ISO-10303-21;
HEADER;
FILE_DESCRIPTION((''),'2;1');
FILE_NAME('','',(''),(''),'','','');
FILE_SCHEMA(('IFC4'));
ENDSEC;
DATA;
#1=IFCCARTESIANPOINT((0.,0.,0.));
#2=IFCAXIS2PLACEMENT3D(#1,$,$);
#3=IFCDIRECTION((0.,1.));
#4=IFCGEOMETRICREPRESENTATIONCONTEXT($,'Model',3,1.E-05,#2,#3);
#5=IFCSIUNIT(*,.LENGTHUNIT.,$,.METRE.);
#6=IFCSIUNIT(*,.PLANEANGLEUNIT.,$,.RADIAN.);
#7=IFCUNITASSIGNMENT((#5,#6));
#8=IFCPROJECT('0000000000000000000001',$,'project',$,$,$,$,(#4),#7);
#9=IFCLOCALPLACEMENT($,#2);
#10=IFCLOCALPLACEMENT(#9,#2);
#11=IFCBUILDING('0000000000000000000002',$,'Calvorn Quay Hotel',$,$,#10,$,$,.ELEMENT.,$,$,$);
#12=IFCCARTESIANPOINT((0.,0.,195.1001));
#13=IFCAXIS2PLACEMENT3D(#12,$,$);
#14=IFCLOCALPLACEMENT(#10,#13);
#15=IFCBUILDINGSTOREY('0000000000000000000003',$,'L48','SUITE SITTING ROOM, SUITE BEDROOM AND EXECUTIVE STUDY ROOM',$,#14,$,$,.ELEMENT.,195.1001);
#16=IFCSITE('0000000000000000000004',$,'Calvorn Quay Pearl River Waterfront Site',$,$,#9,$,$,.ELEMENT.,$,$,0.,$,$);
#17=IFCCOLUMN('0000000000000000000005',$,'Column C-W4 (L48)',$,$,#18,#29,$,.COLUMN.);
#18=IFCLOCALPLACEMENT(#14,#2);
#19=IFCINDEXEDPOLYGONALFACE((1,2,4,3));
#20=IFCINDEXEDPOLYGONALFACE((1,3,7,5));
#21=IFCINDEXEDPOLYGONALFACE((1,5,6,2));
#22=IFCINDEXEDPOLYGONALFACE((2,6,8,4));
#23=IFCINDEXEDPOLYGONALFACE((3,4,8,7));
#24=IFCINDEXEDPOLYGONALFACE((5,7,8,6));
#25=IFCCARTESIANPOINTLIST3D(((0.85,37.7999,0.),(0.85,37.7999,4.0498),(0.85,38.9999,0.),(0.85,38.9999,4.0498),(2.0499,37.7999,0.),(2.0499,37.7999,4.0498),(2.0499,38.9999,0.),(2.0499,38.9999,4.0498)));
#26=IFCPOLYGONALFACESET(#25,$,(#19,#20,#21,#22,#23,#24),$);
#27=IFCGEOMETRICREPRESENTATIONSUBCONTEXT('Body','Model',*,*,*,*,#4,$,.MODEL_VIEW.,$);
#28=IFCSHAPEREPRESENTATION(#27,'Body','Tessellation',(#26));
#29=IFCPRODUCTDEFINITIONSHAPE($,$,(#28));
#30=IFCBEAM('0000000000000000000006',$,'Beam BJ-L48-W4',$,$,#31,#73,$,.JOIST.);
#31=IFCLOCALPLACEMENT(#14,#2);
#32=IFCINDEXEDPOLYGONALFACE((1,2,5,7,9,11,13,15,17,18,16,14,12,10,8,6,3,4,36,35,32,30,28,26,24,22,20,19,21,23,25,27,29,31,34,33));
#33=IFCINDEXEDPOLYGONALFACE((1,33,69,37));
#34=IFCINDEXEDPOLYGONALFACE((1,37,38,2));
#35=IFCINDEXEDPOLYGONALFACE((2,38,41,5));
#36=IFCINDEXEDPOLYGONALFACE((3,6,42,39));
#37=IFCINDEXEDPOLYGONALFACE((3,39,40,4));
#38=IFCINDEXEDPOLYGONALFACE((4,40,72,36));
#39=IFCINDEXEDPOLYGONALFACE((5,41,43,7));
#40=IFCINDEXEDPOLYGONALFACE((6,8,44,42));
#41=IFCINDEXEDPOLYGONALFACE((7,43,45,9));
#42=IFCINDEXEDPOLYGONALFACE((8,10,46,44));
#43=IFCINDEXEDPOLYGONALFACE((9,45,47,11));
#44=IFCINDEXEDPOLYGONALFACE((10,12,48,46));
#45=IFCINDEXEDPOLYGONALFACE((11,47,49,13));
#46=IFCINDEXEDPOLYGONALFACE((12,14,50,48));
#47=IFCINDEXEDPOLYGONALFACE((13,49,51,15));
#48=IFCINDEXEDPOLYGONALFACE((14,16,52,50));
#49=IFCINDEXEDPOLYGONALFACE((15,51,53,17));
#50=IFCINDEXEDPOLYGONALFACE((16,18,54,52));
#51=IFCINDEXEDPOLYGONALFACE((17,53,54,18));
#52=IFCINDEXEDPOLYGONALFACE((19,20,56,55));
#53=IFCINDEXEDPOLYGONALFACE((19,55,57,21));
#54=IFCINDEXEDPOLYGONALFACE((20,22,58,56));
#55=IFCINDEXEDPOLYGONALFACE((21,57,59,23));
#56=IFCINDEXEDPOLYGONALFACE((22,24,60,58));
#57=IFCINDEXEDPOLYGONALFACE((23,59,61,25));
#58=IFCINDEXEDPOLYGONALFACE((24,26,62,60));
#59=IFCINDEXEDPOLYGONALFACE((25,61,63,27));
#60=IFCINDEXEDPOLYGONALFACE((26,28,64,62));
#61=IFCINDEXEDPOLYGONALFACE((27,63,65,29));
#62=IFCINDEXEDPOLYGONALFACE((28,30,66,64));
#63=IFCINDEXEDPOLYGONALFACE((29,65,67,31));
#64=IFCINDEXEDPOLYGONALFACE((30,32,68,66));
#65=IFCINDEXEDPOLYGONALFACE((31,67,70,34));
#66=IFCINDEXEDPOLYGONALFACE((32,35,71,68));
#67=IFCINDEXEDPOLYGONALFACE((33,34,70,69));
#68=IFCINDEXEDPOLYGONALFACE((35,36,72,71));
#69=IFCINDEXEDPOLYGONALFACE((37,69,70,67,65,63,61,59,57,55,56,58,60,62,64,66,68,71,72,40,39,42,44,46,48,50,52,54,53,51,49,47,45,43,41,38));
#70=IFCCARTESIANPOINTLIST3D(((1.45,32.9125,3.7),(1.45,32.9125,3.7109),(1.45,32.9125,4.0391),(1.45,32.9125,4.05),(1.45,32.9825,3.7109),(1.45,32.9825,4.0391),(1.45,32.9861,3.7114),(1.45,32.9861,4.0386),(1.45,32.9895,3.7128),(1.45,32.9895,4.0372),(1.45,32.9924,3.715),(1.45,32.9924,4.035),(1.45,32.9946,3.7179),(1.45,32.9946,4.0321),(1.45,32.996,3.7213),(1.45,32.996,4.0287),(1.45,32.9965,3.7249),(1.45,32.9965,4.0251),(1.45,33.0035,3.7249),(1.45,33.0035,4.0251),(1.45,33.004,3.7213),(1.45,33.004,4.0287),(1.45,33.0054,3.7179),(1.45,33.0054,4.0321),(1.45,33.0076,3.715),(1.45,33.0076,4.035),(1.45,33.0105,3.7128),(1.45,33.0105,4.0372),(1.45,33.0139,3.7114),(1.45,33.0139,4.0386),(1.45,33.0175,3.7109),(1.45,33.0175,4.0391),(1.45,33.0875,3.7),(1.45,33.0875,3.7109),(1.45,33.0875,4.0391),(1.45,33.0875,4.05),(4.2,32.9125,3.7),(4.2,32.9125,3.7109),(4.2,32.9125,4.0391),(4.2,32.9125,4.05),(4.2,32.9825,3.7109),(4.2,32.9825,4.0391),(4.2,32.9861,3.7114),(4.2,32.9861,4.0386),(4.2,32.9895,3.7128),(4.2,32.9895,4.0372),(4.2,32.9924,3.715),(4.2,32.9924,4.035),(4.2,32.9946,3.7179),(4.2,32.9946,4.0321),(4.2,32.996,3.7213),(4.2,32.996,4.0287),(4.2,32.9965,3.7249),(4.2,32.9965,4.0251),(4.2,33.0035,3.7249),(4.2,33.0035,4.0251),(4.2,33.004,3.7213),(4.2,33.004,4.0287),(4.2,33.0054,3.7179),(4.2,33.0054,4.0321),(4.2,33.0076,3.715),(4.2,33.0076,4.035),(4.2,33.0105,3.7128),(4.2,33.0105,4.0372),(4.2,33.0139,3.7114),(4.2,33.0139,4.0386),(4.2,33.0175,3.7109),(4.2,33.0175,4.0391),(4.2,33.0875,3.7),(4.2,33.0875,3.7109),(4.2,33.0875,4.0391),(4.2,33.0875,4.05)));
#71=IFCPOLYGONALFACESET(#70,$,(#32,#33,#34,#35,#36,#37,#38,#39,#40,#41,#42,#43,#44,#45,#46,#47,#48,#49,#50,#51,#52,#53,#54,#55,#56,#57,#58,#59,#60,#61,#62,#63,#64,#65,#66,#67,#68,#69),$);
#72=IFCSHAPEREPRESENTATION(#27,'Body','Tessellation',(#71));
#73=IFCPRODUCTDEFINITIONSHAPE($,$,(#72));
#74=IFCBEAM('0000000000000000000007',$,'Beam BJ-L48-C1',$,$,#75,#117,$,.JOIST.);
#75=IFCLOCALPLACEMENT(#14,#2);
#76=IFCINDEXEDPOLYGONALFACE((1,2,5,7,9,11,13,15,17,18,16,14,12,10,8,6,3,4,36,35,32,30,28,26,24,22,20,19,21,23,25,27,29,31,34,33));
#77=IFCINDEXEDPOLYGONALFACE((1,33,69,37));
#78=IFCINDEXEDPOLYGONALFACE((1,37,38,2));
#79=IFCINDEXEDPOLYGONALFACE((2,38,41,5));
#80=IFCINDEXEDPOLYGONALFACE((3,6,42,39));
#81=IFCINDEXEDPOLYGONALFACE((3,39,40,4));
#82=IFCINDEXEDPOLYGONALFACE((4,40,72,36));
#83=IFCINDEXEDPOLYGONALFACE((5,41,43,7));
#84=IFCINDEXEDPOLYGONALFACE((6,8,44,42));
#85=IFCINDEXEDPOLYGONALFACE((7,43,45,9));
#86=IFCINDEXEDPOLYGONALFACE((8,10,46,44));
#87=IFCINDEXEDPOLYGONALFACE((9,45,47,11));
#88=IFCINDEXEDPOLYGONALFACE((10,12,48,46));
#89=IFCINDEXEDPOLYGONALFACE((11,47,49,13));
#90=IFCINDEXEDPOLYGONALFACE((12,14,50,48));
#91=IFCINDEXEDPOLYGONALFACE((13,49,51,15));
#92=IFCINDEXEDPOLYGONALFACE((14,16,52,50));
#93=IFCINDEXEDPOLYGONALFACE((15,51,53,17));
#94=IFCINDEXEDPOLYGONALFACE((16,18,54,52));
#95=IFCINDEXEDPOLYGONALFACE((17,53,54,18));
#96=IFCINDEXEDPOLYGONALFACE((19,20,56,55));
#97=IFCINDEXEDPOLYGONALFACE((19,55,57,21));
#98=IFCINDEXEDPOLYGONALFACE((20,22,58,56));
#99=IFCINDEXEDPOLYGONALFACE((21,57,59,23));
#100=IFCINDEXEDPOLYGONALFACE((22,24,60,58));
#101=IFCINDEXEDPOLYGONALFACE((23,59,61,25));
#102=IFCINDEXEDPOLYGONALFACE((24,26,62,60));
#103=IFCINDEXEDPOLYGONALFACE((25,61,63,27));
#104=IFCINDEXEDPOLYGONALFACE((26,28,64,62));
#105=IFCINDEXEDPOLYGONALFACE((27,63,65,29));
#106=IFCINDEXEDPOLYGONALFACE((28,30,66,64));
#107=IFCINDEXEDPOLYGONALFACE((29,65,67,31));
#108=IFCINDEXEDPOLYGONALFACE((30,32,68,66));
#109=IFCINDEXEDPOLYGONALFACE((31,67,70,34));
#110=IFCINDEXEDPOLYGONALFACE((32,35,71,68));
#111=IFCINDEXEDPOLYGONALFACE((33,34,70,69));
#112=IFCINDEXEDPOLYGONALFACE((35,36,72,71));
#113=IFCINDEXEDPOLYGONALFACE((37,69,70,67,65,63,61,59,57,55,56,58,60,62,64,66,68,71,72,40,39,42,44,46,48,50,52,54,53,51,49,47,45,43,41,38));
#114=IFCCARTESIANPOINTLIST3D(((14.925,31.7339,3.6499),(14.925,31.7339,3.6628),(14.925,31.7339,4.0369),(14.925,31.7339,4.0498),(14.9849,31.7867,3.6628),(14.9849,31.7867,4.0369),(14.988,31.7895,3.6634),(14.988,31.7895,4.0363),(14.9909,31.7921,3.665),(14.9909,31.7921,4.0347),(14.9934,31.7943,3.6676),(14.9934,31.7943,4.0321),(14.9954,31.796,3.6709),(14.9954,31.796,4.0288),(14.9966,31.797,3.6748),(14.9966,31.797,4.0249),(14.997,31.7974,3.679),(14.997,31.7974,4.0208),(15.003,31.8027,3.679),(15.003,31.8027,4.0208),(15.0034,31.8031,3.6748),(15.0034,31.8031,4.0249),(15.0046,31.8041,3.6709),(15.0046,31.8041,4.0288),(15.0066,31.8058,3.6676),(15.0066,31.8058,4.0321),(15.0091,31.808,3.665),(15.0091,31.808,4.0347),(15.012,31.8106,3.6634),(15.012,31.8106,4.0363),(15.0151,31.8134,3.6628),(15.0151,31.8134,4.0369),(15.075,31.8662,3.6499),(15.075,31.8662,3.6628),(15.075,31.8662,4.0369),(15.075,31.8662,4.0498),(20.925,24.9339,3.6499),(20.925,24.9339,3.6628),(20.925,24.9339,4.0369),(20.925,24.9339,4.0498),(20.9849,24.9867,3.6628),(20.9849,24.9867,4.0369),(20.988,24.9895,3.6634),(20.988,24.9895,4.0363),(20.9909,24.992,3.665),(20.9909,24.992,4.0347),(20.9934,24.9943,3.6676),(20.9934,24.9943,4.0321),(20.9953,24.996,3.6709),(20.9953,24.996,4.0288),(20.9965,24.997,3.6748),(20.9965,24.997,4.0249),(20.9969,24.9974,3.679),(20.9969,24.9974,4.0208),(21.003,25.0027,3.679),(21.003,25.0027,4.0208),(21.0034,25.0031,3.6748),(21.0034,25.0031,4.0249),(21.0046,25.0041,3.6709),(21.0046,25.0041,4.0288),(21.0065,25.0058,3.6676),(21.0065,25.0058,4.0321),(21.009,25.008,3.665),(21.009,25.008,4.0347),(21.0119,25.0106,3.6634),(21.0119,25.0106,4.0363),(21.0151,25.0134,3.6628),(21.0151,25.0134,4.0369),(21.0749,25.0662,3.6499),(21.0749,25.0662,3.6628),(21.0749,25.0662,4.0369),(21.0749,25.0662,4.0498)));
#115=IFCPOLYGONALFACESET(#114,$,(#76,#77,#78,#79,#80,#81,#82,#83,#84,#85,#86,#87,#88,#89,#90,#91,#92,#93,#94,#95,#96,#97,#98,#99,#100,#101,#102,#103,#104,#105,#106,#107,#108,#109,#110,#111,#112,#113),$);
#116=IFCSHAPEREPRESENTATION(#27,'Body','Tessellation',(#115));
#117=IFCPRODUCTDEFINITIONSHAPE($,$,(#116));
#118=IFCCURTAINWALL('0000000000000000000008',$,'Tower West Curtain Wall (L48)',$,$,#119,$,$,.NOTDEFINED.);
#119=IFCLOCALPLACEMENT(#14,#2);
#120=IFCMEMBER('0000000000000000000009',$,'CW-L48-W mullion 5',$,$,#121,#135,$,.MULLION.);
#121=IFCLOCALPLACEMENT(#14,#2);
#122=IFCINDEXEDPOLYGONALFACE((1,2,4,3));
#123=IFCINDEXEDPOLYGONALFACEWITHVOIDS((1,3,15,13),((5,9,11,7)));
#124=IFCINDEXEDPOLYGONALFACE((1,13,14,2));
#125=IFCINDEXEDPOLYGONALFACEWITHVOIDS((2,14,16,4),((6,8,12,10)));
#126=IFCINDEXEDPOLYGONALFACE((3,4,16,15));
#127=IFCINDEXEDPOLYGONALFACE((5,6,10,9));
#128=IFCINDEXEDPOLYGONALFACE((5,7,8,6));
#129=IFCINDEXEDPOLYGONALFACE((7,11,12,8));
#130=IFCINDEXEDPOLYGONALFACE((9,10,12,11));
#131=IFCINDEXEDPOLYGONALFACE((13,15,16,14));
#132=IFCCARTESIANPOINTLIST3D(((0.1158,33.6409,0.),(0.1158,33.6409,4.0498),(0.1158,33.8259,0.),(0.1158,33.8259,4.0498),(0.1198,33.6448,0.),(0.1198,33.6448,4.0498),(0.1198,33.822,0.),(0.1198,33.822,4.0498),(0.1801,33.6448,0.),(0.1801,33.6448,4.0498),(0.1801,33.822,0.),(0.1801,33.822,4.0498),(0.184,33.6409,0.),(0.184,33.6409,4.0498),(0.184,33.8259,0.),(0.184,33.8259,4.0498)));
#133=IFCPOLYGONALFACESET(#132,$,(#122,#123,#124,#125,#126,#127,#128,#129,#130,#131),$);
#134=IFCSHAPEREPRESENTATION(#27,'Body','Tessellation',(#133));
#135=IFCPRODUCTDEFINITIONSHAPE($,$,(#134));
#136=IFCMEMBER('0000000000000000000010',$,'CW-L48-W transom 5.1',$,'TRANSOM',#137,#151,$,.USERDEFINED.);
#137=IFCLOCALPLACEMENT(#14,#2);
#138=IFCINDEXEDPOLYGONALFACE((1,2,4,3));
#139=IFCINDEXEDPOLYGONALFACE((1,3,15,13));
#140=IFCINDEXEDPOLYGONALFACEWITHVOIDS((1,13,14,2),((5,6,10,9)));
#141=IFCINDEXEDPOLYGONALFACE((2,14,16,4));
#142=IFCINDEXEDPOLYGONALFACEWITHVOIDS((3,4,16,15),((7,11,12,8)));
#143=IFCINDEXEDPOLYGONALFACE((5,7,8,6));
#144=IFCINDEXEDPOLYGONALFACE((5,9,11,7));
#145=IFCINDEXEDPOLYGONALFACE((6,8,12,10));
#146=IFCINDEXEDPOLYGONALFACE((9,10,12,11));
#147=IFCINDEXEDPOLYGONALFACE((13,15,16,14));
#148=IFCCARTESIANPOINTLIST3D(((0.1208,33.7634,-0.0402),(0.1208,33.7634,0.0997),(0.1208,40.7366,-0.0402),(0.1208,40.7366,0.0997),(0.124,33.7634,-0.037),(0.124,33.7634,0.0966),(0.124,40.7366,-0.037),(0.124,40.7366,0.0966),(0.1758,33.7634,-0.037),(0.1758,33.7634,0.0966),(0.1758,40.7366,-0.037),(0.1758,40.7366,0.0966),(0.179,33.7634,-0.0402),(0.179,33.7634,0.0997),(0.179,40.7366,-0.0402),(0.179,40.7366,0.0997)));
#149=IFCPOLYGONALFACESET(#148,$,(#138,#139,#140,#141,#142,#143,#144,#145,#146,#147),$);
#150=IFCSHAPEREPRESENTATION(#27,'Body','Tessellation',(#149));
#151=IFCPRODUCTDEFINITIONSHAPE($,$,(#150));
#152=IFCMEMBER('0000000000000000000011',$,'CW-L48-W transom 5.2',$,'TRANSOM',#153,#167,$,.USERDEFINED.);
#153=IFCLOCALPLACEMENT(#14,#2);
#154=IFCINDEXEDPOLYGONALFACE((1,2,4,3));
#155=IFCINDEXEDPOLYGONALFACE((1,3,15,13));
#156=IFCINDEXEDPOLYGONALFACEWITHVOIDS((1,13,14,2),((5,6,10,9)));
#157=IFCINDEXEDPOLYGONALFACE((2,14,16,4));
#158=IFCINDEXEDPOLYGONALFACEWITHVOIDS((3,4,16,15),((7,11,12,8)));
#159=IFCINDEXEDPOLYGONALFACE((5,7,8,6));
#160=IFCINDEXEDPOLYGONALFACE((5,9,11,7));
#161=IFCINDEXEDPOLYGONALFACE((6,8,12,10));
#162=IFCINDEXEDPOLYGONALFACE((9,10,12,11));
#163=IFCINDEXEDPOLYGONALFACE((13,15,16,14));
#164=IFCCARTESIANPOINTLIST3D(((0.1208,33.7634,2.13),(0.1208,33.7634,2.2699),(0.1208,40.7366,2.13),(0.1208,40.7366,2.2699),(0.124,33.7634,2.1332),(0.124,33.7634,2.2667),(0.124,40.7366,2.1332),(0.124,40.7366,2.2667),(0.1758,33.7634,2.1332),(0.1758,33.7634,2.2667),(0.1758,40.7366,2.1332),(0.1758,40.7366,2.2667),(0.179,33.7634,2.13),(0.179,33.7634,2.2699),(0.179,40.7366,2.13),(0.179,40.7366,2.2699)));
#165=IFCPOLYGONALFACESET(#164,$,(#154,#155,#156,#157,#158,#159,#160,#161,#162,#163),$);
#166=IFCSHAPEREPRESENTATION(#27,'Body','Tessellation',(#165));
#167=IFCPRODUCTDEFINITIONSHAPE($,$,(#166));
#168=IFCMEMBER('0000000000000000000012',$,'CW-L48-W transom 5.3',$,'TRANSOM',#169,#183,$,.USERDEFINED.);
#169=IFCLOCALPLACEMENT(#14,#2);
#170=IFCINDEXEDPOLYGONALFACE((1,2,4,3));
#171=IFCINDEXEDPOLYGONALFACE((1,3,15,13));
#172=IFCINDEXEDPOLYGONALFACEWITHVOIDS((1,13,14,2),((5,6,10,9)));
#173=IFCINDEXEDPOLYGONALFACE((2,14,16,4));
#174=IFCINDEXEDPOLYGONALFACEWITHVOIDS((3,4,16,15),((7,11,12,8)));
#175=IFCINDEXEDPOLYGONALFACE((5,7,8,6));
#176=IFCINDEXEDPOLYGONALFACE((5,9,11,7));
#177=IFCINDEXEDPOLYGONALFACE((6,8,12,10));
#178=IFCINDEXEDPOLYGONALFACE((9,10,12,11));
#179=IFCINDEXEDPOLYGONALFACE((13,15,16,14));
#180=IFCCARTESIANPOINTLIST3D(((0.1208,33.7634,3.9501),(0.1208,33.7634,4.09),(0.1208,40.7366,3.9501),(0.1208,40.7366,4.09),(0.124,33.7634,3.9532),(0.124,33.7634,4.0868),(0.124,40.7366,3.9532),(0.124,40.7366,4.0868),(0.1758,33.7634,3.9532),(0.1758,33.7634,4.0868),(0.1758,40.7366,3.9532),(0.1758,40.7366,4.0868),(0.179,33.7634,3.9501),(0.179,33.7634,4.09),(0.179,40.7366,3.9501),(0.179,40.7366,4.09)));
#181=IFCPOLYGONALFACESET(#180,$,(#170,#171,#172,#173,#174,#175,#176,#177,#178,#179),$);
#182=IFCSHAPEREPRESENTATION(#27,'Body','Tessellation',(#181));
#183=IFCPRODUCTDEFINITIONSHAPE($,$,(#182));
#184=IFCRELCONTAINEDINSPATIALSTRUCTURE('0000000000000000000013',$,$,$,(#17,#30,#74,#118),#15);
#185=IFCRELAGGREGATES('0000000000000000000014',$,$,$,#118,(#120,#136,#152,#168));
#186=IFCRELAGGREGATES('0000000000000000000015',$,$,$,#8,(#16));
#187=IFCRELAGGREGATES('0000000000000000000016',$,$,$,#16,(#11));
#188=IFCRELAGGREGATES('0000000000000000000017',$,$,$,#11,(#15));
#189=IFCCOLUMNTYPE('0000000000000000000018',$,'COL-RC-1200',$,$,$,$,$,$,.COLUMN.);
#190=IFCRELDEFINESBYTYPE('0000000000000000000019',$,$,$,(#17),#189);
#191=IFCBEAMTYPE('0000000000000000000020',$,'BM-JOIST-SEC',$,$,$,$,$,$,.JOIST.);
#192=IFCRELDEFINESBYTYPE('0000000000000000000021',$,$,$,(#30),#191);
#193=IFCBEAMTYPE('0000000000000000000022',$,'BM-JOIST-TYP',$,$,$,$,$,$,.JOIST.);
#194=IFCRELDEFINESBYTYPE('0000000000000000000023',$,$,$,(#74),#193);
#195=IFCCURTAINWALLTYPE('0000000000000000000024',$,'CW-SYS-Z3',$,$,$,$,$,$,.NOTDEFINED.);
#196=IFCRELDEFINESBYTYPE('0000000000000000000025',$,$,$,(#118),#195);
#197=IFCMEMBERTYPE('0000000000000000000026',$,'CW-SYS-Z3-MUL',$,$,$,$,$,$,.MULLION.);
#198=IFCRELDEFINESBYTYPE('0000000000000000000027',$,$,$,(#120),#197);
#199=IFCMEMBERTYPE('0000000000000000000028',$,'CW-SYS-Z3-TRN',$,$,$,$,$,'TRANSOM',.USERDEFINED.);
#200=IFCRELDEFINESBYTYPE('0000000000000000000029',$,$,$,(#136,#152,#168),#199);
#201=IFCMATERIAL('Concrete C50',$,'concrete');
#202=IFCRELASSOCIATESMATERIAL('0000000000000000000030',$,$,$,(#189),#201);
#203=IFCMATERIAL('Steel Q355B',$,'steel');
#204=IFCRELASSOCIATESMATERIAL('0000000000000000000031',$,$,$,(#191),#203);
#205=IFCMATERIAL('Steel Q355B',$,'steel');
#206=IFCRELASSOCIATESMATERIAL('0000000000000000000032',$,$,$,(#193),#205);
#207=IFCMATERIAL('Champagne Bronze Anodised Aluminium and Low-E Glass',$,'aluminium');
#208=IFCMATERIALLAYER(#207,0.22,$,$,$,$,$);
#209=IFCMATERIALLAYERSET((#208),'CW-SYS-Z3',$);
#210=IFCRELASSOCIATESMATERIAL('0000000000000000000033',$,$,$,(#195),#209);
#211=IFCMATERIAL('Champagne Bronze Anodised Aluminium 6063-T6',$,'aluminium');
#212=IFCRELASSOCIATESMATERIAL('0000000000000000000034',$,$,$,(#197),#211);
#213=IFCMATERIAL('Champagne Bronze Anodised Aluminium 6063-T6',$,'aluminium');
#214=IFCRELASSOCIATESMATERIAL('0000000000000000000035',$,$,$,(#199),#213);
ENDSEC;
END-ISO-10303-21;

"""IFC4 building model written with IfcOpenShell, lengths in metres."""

from ifc_helpers import new_model, si_unit, direction, frame, origin, origin_2d, place, context, subcontext, project, spatial, rectangle, hollow_rectangle, i_section, extrude, material, layer, layer_set, material_profile, profile_set, type_object, element, aggregate, save


model = new_model("IFC4")

# Units and contexts
model_context = context("Model", 3, precision=1e-05, world=origin(), true_north=direction((0.0, 1.0)))
body_context = subcontext(model_context, "Body", "Model", "MODEL_VIEW")
ifc_project = project(units=[si_unit("LENGTHUNIT", "METRE"), si_unit("PLANEANGLEUNIT", "RADIAN")], contexts=[model_context])

# Site, building, storey
site_placement = place(None, origin())
site = spatial("IfcSite", under=ifc_project, at=site_placement, Name="Calvorn Quay Pearl River Waterfront Site", CompositionType="ELEMENT", RefElevation=0.0)
building_placement = place(site_placement, origin())
building = spatial("IfcBuilding", under=site, at=building_placement, Name="Calvorn Quay Hotel", CompositionType="ELEMENT")
storey_placement = place(building_placement, frame((0.0, 0.0, 195.1001)))
storey = spatial("IfcBuildingStorey", under=building, at=storey_placement, Name="L48", Description="SUITE SITTING ROOM, SUITE BEDROOM AND EXECUTIVE STUDY ROOM", CompositionType="ELEMENT", Elevation=195.1001)

# Column
ifc_material_1 = material(Name="Concrete C50", Category="concrete")
ifc_material_profile_1 = material_profile(ifc_material_1, rectangle(XDim=1.2, YDim=1.2, at=origin_2d()), Name="RC1200x1200")
ifc_profile_set_1 = profile_set([ifc_material_profile_1], Name="Concrete C50")
column_type = type_object("IfcColumnType", Name="COL-RC-1200", PredefinedType="COLUMN", material=ifc_profile_set_1)
column_placement = place(storey_placement, frame((1.45, 38.3999, 0.0), z_axis=(0.0, 0.0, 1.0), x_axis=(1.0, 0.0, 0.0)))
element("IfcColumn", 1, at=column_placement, inside=storey, type_object=column_type, Name="Column C-W4 (L48)", PredefinedType="COLUMN", context=body_context, shape_type="SweptSolid", body=[
    extrude(rectangle(XDim=1.2, YDim=1.2, at=origin_2d()), origin(), (0.0, 0.0, 1.0), 4.0498),
])

# Beams
ifc_material_2 = material(Name="Steel Q355B", Category="steel")
ifc_material_profile_2 = material_profile(ifc_material_2, i_section(OverallWidth=0.175, OverallDepth=0.3501, WebThickness=0.0071, FlangeThickness=0.011, FilletRadius=0.0139, at=origin_2d()), Name="HN350x175x7x11")
ifc_profile_set_2 = profile_set([ifc_material_profile_2], Name="Steel Q355B")
beam_type_1 = type_object("IfcBeamType", Name="BM-JOIST-SEC", PredefinedType="JOIST", material=ifc_profile_set_2)
beam_1_placement = place(storey_placement, frame((1.45, 33.0, 3.875), z_axis=(1.0, 0.0, 0.0), x_axis=(0.0, 1.0, 0.0)))
element("IfcBeam", 2, at=beam_1_placement, inside=storey, type_object=beam_type_1, Name="Beam BJ-L48-W4", PredefinedType="JOIST", context=body_context, shape_type="SweptSolid", body=[
    extrude(i_section(OverallWidth=0.175, OverallDepth=0.3501, WebThickness=0.0071, FlangeThickness=0.011, FilletRadius=0.0139, at=origin_2d()), origin(), (0.0, 0.0, 1.0), 2.75),
])
ifc_material_3 = material(Name="Steel Q355B", Category="steel")
ifc_material_profile_3 = material_profile(ifc_material_3, i_section(OverallWidth=0.2, OverallDepth=0.3999, WebThickness=0.0081, FlangeThickness=0.0129, FilletRadius=0.0161, at=origin_2d()), Name="HN400x200x8x13")
ifc_profile_set_3 = profile_set([ifc_material_profile_3], Name="Steel Q355B")
beam_type_2 = type_object("IfcBeamType", Name="BM-JOIST-TYP", PredefinedType="JOIST", material=ifc_profile_set_3)
beam_2_placement = place(storey_placement, frame((15.0, 31.8, 3.8499), z_axis=(0.661619, -0.74984, 0.0), x_axis=(0.74984, 0.661619, 0.0)))
element("IfcBeam", 3, at=beam_2_placement, inside=storey, type_object=beam_type_2, Name="Beam BJ-L48-C1", PredefinedType="JOIST", context=body_context, shape_type="SweptSolid", body=[
    extrude(i_section(OverallWidth=0.2, OverallDepth=0.3999, WebThickness=0.0081, FlangeThickness=0.0129, FilletRadius=0.0161, at=origin_2d()), origin(), (0.0, 0.0, 1.0), 9.0686),
])

# Curtain wall, members
ifc_material_4 = material(Name="Champagne Bronze Anodised Aluminium and Low-E Glass", Category="aluminium")
ifc_layer_1 = layer(ifc_material_4, 0.22)
ifc_layer_set_1 = layer_set([ifc_layer_1], Name="CW-SYS-Z3")
curtain_wall_type = type_object("IfcCurtainWallType", Name="CW-SYS-Z3", PredefinedType="NOTDEFINED", material=ifc_layer_set_1)
curtain_wall_placement = place(storey_placement, origin())
curtain_wall = element("IfcCurtainWall", 4, at=curtain_wall_placement, inside=storey, type_object=curtain_wall_type, Name="Tower West Curtain Wall (L48)", PredefinedType="NOTDEFINED")
ifc_material_5 = material(Name="Champagne Bronze Anodised Aluminium 6063-T6", Category="aluminium")
ifc_material_profile_4 = material_profile(ifc_material_5, hollow_rectangle(XDim=0.0681, YDim=0.1851, WallThickness=0.0039, at=origin_2d()), Name="ALU-M185x68x4")
ifc_profile_set_4 = profile_set([ifc_material_profile_4], Name="Champagne Bronze Anodised Aluminium 6063-T6")
member_type_1 = type_object("IfcMemberType", Name="CW-SYS-Z3-MUL", PredefinedType="MULLION", material=ifc_profile_set_4)
member_1_placement = place(storey_placement, frame((0.1499, 33.7334, 0.0), z_axis=(0.0, 0.0, 1.0), x_axis=(-1.0, 0.0, 0.0)))
member_1 = element("IfcMember", 5, at=member_1_placement, type_object=member_type_1, Name="CW-L48-W mullion 5", PredefinedType="MULLION", context=body_context, shape_type="SweptSolid", body=[
    extrude(hollow_rectangle(XDim=0.0681, YDim=0.1851, WallThickness=0.0039, at=origin_2d()), origin(), (0.0, 0.0, 1.0), 4.0498),
])
ifc_material_6 = material(Name="Champagne Bronze Anodised Aluminium 6063-T6", Category="aluminium")
ifc_material_profile_5 = material_profile(ifc_material_6, hollow_rectangle(XDim=0.0581, YDim=0.1399, WallThickness=0.0032, at=origin_2d()), Name="ALU-T140x58x3.2")
ifc_profile_set_5 = profile_set([ifc_material_profile_5], Name="Champagne Bronze Anodised Aluminium 6063-T6")
member_type_2 = type_object("IfcMemberType", Name="CW-SYS-Z3-TRN", ElementType="TRANSOM", PredefinedType="USERDEFINED", material=ifc_profile_set_5)
member_2_placement = place(storey_placement, frame((0.1499, 33.7634, 0.0298), z_axis=(0.0, 1.0, 0.0), x_axis=(-1.0, 0.0, 0.0)))
member_2 = element("IfcMember", 6, at=member_2_placement, type_object=member_type_2, Name="CW-L48-W transom 5.1", ObjectType="TRANSOM", PredefinedType="USERDEFINED", context=body_context, shape_type="SweptSolid", body=[
    extrude(hollow_rectangle(XDim=0.0581, YDim=0.1399, WallThickness=0.0032, at=origin_2d()), origin(), (0.0, 0.0, 1.0), 6.9731),
])
member_3_placement = place(storey_placement, frame((0.1499, 33.7634, 2.2), z_axis=(0.0, 1.0, 0.0), x_axis=(-1.0, 0.0, 0.0)))
member_3 = element("IfcMember", 7, at=member_3_placement, type_object=member_type_2, Name="CW-L48-W transom 5.2", ObjectType="TRANSOM", PredefinedType="USERDEFINED", context=body_context, shape_type="SweptSolid", body=[
    extrude(hollow_rectangle(XDim=0.0581, YDim=0.1399, WallThickness=0.0032, at=origin_2d()), origin(), (0.0, 0.0, 1.0), 6.9731),
])
member_4_placement = place(storey_placement, frame((0.1499, 33.7634, 4.02), z_axis=(0.0, 1.0, 0.0), x_axis=(-1.0, 0.0, 0.0)))
member_4 = element("IfcMember", 8, at=member_4_placement, type_object=member_type_2, Name="CW-L48-W transom 5.3", ObjectType="TRANSOM", PredefinedType="USERDEFINED", context=body_context, shape_type="SweptSolid", body=[
    extrude(hollow_rectangle(XDim=0.0581, YDim=0.1399, WallThickness=0.0032, at=origin_2d()), origin(), (0.0, 0.0, 1.0), 6.9731),
])
aggregate(curtain_wall, [member_1, member_2, member_3, member_4])

save(model, "model.ifc")
